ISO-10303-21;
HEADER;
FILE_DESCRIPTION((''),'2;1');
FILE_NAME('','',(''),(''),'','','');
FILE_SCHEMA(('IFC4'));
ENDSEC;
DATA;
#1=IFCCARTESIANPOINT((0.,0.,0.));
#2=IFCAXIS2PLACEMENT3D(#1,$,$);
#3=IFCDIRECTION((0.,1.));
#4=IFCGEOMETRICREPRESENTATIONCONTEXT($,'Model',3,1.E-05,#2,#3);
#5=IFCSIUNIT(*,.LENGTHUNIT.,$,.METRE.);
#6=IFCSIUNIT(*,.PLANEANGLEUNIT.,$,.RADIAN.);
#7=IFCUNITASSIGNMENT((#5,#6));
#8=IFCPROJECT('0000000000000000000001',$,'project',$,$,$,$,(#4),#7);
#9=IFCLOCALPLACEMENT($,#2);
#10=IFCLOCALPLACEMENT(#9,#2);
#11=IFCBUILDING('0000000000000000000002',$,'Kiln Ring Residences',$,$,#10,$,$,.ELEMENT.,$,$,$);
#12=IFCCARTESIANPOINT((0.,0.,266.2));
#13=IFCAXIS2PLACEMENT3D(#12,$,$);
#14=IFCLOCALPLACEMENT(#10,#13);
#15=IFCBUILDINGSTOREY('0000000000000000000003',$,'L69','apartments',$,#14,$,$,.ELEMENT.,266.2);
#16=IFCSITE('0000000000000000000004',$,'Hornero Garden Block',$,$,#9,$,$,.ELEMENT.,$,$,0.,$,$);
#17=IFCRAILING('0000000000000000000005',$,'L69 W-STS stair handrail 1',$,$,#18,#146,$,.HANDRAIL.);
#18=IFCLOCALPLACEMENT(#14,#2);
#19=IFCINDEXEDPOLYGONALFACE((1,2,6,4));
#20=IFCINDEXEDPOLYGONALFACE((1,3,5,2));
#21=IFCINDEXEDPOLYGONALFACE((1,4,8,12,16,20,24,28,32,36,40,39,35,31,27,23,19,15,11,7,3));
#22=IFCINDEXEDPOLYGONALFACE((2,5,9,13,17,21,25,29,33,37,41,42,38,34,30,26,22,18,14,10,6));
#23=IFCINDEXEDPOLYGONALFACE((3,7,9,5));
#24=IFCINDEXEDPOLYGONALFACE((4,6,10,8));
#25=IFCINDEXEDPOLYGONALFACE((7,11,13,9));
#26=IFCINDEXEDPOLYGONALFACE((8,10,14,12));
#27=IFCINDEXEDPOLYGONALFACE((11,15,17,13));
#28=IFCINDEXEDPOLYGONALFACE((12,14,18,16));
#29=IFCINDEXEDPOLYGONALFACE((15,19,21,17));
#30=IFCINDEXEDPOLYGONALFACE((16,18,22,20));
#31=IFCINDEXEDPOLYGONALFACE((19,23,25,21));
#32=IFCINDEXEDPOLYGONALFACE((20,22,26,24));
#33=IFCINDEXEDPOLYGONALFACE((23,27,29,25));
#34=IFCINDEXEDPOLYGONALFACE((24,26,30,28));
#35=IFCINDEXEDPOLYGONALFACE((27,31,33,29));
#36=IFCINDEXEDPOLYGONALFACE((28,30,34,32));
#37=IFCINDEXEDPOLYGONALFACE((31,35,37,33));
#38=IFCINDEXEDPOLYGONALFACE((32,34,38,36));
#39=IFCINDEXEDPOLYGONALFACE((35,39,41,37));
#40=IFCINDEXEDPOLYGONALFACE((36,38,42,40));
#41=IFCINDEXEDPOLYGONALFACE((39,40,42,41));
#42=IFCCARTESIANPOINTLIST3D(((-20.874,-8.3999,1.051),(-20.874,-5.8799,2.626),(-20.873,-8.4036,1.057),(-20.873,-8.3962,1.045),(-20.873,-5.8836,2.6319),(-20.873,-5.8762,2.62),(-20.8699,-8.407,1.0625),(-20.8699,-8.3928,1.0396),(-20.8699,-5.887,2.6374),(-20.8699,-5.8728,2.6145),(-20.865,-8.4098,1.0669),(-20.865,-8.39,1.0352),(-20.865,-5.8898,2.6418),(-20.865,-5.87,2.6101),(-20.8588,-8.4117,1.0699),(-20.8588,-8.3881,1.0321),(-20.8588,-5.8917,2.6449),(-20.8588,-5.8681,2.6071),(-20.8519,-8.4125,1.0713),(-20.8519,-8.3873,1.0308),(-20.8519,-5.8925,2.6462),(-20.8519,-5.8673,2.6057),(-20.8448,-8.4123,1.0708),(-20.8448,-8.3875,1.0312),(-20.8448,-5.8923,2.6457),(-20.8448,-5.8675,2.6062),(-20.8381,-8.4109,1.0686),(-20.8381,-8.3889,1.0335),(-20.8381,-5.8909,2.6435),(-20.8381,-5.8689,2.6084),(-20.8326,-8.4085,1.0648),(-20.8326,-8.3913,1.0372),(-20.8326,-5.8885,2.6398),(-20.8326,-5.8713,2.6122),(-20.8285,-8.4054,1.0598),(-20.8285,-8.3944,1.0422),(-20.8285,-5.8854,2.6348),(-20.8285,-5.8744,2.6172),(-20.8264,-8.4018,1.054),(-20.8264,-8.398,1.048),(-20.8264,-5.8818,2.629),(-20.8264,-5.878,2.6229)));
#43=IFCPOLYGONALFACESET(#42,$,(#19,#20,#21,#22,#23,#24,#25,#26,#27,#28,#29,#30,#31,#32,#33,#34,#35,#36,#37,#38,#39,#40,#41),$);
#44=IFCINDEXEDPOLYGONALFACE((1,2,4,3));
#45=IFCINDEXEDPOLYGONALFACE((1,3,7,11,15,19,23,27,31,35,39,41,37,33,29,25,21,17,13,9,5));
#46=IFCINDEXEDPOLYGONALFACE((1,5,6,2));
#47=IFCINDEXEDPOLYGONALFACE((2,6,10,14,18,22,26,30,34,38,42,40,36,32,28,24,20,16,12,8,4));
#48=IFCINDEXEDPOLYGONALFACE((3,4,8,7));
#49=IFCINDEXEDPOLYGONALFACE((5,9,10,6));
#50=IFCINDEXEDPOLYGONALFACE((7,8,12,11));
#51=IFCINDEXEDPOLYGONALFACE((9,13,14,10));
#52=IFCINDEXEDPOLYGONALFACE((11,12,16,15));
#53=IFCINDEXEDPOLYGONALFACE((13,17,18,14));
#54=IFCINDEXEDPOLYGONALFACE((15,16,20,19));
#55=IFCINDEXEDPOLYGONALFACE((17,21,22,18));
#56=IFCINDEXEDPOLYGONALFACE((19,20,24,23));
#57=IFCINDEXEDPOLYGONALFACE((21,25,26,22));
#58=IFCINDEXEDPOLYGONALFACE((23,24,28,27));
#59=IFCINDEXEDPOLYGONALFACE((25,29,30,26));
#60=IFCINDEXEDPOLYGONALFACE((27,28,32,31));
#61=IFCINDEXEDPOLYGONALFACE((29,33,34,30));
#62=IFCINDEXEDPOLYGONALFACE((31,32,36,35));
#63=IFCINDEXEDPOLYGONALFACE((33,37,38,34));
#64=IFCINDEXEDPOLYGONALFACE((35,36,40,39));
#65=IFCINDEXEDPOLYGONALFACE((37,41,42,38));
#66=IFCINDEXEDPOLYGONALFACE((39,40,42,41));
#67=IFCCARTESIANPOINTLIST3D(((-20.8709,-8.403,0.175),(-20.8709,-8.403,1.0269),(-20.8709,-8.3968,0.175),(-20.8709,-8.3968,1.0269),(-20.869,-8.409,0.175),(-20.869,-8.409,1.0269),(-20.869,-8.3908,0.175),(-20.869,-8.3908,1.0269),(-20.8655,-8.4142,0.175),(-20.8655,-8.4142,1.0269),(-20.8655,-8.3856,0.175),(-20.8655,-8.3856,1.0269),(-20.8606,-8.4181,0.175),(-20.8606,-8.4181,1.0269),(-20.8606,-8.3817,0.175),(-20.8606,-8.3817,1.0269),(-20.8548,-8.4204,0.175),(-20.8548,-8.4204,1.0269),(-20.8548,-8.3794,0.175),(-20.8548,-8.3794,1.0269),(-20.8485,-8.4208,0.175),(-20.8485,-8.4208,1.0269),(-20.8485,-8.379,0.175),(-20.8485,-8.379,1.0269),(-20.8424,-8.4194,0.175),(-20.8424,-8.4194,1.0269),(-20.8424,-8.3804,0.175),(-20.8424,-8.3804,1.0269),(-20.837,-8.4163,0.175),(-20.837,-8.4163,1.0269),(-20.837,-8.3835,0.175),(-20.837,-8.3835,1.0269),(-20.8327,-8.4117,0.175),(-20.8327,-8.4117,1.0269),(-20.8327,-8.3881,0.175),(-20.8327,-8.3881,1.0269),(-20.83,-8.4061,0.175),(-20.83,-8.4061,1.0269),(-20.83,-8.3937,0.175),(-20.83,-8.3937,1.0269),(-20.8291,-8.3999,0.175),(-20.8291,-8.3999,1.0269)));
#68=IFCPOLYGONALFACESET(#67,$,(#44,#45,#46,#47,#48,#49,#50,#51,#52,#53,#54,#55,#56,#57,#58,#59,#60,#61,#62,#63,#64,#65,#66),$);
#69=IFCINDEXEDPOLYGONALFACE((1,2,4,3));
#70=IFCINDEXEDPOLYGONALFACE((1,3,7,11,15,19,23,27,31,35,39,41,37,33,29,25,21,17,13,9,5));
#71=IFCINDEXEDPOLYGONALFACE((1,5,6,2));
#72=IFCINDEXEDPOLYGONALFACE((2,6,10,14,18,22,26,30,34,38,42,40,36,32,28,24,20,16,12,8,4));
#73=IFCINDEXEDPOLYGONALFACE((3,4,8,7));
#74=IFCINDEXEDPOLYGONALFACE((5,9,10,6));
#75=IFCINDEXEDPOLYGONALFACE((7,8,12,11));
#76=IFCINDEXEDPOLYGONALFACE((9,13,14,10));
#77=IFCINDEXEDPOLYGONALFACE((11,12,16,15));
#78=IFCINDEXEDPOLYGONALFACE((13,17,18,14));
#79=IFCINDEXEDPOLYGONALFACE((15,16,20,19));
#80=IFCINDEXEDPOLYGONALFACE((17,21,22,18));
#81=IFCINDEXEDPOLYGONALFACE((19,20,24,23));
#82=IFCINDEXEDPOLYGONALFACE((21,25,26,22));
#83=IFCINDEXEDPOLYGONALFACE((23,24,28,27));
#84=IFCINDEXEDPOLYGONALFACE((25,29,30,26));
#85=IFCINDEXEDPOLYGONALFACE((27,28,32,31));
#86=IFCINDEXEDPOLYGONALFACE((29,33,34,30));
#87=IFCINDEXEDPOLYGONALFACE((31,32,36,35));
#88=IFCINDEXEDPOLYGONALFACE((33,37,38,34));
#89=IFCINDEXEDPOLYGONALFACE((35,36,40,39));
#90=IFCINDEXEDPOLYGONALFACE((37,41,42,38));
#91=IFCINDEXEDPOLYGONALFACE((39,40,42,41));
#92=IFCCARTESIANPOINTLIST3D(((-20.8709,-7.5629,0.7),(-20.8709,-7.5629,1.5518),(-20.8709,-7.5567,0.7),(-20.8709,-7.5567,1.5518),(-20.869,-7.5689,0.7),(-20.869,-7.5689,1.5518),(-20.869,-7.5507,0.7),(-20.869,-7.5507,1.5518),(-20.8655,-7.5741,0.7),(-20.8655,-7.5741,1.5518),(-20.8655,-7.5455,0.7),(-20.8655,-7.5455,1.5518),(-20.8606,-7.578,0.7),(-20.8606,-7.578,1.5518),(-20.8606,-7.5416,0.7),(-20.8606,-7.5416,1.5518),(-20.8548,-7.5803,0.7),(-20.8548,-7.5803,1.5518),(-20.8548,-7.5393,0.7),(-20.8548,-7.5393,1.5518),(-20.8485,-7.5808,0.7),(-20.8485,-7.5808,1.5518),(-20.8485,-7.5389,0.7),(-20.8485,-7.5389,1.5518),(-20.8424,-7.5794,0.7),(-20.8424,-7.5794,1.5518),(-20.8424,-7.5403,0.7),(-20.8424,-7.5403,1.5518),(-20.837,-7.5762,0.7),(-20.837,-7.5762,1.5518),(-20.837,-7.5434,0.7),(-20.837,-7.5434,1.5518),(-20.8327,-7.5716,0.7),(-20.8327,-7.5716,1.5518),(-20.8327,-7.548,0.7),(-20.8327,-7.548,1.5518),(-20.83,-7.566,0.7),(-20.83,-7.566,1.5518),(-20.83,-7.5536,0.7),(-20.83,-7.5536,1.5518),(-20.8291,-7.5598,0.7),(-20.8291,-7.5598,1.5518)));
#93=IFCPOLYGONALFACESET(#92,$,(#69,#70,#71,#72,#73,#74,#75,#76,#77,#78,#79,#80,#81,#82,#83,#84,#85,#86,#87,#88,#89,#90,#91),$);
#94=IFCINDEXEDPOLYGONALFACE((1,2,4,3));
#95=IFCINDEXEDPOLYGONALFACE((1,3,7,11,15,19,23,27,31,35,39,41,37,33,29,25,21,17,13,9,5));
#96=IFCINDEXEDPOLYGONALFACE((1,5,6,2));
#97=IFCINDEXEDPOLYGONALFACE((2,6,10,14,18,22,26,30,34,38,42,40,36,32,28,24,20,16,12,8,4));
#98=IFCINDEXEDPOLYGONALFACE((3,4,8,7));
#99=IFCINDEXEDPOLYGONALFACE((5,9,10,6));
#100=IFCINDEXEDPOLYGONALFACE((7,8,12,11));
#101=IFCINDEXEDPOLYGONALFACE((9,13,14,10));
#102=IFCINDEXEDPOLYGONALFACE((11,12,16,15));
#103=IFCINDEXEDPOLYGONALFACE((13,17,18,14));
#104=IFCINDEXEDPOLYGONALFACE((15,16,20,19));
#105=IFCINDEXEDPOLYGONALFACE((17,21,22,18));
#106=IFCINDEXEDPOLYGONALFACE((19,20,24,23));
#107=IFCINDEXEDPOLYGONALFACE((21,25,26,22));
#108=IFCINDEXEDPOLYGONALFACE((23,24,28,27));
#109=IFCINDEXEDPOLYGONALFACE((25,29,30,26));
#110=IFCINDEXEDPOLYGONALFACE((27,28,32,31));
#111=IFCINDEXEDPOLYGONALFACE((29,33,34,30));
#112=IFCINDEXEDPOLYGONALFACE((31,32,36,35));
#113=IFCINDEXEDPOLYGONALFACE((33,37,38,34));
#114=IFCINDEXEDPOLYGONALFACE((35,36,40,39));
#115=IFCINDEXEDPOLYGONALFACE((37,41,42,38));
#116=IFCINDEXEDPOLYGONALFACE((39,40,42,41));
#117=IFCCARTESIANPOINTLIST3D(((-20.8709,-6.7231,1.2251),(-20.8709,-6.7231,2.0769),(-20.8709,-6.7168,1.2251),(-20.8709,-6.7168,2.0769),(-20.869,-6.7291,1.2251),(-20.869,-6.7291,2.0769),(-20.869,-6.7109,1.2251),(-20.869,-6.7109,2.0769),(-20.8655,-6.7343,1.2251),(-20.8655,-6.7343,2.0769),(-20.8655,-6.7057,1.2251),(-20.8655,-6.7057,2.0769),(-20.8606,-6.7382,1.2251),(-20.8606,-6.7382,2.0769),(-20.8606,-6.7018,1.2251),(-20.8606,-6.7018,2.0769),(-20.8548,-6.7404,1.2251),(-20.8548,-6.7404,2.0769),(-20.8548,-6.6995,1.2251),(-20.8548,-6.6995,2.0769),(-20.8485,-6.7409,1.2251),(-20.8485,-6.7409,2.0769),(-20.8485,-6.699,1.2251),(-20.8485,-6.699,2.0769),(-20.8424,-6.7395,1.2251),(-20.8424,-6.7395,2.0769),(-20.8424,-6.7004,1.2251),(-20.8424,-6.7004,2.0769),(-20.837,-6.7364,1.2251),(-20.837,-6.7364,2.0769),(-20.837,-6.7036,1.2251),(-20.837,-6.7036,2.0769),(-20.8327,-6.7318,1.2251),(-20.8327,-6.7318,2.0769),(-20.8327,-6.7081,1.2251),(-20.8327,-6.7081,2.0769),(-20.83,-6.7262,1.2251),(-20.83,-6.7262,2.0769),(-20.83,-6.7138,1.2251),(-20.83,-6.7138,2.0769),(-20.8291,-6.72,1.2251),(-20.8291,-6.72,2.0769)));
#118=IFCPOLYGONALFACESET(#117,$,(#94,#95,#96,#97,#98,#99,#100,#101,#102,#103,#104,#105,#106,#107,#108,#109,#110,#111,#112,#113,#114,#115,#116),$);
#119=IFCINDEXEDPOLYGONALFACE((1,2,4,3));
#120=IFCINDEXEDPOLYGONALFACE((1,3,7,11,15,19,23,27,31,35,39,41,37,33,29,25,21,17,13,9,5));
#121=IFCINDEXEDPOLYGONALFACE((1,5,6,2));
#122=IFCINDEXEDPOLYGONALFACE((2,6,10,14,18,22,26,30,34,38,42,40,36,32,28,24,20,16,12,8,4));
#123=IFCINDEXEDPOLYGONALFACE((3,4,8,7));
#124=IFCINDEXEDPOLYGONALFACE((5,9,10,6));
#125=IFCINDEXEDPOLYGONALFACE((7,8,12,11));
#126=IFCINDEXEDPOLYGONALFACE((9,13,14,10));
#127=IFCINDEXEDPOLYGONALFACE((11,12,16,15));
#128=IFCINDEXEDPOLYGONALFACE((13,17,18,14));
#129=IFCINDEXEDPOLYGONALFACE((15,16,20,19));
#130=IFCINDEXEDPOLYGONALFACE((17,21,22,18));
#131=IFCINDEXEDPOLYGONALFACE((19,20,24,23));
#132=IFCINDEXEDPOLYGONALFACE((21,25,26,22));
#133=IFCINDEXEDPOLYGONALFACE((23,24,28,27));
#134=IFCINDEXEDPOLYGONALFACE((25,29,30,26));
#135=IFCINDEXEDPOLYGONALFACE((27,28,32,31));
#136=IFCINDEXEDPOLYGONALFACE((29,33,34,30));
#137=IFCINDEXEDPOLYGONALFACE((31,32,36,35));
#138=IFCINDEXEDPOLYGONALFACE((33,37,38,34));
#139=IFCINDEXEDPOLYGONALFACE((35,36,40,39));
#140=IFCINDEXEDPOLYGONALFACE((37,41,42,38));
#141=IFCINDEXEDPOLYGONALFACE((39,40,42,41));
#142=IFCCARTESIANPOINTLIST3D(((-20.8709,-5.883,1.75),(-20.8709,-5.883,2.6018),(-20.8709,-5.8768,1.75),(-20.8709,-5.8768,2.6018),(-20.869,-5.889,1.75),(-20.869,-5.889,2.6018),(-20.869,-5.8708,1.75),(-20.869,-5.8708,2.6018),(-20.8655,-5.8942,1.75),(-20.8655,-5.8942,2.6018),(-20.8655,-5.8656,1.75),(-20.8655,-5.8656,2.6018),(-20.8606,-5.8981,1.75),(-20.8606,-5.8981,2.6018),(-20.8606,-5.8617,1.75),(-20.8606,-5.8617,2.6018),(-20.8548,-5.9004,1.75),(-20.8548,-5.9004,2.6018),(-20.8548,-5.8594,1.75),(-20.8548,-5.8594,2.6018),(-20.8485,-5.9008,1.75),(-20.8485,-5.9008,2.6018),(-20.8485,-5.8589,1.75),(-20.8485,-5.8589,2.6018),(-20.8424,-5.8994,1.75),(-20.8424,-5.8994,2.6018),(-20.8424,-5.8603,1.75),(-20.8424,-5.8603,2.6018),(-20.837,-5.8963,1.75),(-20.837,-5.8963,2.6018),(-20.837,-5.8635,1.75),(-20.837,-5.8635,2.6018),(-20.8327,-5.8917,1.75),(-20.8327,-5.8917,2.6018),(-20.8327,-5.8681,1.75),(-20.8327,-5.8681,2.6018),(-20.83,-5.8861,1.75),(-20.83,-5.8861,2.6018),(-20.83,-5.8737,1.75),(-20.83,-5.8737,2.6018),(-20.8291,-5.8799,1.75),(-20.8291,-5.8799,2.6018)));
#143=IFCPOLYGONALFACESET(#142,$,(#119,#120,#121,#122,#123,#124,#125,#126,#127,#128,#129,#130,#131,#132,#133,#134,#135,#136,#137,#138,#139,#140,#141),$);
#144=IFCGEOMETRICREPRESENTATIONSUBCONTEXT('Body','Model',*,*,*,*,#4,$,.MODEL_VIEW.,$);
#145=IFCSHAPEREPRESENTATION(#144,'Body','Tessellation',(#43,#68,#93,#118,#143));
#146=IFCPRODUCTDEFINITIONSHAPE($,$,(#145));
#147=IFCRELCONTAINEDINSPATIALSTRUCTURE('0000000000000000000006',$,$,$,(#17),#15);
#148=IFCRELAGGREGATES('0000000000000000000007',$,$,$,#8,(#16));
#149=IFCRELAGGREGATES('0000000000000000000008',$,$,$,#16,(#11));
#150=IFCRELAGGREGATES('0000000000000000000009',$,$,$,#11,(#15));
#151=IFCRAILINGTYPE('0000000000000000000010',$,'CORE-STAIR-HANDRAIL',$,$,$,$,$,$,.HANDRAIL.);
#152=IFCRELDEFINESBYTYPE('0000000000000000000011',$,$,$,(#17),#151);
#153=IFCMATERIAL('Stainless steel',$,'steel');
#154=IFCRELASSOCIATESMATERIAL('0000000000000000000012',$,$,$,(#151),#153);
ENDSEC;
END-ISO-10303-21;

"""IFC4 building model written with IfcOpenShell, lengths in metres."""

from ifc_helpers import new_model, si_unit, direction, frame, origin, origin_2d, place, context, subcontext, project, spatial, circle, extrude, material, type_object, element, save


model = new_model("IFC4")

# Units and contexts
model_context = context("Model", 3, precision=1e-05, world=origin(), true_north=direction((0.0, 1.0)))
body_context = subcontext(model_context, "Body", "Model", "MODEL_VIEW")
ifc_project = project(units=[si_unit("LENGTHUNIT", "METRE"), si_unit("PLANEANGLEUNIT", "RADIAN")], contexts=[model_context])

# Site, building, storey
site_placement = place(None, origin())
site = spatial("IfcSite", under=ifc_project, at=site_placement, Name="Hornero Garden Block", CompositionType="ELEMENT", RefElevation=0.0)
building_placement = place(site_placement, origin())
building = spatial("IfcBuilding", under=site, at=building_placement, Name="Kiln Ring Residences", CompositionType="ELEMENT")
storey_placement = place(building_placement, frame((0.0, 0.0, 266.2)))
storey = spatial("IfcBuildingStorey", under=building, at=storey_placement, Name="L69", Description="apartments", CompositionType="ELEMENT", Elevation=266.2)

# Railing
ifc_material_1 = material(Name="Stainless steel", Category="steel")
railing_type_1 = type_object("IfcRailingType", Name="CORE-STAIR-HANDRAIL", PredefinedType="HANDRAIL", material=ifc_material_1)
railing_1_placement = place(storey_placement, frame((-20.8501, -8.3999, 0.175)))
element("IfcRailing", 1, at=railing_1_placement, inside=storey, type_object=railing_type_1, Name="L69 W-STS stair handrail 1", PredefinedType="HANDRAIL", context=body_context, shape_type="SweptSolid", body=[
    extrude(circle(Radius=0.0239, at=origin_2d()), frame((0.0, 0.0, 0.876), z_axis=(0.0, 0.848008, 0.529984), x_axis=(-1.0, 0.0, 0.0)), (0.0, 0.0, 1.0), 2.9717),
    extrude(circle(Radius=0.021, at=origin_2d()), origin(), (0.0, 0.0, 1.0), 0.8518),
    extrude(circle(Radius=0.021, at=origin_2d()), frame((0.0, 0.8401, 0.5249)), (0.0, 0.0, 1.0), 0.8518),
    extrude(circle(Radius=0.021, at=origin_2d()), frame((0.0, 1.6799, 1.05)), (0.0, 0.0, 1.0), 0.8518),
    extrude(circle(Radius=0.021, at=origin_2d()), frame((0.0, 2.52, 1.575)), (0.0, 0.0, 1.0), 0.8518),
])

save(model, "model.ifc")
